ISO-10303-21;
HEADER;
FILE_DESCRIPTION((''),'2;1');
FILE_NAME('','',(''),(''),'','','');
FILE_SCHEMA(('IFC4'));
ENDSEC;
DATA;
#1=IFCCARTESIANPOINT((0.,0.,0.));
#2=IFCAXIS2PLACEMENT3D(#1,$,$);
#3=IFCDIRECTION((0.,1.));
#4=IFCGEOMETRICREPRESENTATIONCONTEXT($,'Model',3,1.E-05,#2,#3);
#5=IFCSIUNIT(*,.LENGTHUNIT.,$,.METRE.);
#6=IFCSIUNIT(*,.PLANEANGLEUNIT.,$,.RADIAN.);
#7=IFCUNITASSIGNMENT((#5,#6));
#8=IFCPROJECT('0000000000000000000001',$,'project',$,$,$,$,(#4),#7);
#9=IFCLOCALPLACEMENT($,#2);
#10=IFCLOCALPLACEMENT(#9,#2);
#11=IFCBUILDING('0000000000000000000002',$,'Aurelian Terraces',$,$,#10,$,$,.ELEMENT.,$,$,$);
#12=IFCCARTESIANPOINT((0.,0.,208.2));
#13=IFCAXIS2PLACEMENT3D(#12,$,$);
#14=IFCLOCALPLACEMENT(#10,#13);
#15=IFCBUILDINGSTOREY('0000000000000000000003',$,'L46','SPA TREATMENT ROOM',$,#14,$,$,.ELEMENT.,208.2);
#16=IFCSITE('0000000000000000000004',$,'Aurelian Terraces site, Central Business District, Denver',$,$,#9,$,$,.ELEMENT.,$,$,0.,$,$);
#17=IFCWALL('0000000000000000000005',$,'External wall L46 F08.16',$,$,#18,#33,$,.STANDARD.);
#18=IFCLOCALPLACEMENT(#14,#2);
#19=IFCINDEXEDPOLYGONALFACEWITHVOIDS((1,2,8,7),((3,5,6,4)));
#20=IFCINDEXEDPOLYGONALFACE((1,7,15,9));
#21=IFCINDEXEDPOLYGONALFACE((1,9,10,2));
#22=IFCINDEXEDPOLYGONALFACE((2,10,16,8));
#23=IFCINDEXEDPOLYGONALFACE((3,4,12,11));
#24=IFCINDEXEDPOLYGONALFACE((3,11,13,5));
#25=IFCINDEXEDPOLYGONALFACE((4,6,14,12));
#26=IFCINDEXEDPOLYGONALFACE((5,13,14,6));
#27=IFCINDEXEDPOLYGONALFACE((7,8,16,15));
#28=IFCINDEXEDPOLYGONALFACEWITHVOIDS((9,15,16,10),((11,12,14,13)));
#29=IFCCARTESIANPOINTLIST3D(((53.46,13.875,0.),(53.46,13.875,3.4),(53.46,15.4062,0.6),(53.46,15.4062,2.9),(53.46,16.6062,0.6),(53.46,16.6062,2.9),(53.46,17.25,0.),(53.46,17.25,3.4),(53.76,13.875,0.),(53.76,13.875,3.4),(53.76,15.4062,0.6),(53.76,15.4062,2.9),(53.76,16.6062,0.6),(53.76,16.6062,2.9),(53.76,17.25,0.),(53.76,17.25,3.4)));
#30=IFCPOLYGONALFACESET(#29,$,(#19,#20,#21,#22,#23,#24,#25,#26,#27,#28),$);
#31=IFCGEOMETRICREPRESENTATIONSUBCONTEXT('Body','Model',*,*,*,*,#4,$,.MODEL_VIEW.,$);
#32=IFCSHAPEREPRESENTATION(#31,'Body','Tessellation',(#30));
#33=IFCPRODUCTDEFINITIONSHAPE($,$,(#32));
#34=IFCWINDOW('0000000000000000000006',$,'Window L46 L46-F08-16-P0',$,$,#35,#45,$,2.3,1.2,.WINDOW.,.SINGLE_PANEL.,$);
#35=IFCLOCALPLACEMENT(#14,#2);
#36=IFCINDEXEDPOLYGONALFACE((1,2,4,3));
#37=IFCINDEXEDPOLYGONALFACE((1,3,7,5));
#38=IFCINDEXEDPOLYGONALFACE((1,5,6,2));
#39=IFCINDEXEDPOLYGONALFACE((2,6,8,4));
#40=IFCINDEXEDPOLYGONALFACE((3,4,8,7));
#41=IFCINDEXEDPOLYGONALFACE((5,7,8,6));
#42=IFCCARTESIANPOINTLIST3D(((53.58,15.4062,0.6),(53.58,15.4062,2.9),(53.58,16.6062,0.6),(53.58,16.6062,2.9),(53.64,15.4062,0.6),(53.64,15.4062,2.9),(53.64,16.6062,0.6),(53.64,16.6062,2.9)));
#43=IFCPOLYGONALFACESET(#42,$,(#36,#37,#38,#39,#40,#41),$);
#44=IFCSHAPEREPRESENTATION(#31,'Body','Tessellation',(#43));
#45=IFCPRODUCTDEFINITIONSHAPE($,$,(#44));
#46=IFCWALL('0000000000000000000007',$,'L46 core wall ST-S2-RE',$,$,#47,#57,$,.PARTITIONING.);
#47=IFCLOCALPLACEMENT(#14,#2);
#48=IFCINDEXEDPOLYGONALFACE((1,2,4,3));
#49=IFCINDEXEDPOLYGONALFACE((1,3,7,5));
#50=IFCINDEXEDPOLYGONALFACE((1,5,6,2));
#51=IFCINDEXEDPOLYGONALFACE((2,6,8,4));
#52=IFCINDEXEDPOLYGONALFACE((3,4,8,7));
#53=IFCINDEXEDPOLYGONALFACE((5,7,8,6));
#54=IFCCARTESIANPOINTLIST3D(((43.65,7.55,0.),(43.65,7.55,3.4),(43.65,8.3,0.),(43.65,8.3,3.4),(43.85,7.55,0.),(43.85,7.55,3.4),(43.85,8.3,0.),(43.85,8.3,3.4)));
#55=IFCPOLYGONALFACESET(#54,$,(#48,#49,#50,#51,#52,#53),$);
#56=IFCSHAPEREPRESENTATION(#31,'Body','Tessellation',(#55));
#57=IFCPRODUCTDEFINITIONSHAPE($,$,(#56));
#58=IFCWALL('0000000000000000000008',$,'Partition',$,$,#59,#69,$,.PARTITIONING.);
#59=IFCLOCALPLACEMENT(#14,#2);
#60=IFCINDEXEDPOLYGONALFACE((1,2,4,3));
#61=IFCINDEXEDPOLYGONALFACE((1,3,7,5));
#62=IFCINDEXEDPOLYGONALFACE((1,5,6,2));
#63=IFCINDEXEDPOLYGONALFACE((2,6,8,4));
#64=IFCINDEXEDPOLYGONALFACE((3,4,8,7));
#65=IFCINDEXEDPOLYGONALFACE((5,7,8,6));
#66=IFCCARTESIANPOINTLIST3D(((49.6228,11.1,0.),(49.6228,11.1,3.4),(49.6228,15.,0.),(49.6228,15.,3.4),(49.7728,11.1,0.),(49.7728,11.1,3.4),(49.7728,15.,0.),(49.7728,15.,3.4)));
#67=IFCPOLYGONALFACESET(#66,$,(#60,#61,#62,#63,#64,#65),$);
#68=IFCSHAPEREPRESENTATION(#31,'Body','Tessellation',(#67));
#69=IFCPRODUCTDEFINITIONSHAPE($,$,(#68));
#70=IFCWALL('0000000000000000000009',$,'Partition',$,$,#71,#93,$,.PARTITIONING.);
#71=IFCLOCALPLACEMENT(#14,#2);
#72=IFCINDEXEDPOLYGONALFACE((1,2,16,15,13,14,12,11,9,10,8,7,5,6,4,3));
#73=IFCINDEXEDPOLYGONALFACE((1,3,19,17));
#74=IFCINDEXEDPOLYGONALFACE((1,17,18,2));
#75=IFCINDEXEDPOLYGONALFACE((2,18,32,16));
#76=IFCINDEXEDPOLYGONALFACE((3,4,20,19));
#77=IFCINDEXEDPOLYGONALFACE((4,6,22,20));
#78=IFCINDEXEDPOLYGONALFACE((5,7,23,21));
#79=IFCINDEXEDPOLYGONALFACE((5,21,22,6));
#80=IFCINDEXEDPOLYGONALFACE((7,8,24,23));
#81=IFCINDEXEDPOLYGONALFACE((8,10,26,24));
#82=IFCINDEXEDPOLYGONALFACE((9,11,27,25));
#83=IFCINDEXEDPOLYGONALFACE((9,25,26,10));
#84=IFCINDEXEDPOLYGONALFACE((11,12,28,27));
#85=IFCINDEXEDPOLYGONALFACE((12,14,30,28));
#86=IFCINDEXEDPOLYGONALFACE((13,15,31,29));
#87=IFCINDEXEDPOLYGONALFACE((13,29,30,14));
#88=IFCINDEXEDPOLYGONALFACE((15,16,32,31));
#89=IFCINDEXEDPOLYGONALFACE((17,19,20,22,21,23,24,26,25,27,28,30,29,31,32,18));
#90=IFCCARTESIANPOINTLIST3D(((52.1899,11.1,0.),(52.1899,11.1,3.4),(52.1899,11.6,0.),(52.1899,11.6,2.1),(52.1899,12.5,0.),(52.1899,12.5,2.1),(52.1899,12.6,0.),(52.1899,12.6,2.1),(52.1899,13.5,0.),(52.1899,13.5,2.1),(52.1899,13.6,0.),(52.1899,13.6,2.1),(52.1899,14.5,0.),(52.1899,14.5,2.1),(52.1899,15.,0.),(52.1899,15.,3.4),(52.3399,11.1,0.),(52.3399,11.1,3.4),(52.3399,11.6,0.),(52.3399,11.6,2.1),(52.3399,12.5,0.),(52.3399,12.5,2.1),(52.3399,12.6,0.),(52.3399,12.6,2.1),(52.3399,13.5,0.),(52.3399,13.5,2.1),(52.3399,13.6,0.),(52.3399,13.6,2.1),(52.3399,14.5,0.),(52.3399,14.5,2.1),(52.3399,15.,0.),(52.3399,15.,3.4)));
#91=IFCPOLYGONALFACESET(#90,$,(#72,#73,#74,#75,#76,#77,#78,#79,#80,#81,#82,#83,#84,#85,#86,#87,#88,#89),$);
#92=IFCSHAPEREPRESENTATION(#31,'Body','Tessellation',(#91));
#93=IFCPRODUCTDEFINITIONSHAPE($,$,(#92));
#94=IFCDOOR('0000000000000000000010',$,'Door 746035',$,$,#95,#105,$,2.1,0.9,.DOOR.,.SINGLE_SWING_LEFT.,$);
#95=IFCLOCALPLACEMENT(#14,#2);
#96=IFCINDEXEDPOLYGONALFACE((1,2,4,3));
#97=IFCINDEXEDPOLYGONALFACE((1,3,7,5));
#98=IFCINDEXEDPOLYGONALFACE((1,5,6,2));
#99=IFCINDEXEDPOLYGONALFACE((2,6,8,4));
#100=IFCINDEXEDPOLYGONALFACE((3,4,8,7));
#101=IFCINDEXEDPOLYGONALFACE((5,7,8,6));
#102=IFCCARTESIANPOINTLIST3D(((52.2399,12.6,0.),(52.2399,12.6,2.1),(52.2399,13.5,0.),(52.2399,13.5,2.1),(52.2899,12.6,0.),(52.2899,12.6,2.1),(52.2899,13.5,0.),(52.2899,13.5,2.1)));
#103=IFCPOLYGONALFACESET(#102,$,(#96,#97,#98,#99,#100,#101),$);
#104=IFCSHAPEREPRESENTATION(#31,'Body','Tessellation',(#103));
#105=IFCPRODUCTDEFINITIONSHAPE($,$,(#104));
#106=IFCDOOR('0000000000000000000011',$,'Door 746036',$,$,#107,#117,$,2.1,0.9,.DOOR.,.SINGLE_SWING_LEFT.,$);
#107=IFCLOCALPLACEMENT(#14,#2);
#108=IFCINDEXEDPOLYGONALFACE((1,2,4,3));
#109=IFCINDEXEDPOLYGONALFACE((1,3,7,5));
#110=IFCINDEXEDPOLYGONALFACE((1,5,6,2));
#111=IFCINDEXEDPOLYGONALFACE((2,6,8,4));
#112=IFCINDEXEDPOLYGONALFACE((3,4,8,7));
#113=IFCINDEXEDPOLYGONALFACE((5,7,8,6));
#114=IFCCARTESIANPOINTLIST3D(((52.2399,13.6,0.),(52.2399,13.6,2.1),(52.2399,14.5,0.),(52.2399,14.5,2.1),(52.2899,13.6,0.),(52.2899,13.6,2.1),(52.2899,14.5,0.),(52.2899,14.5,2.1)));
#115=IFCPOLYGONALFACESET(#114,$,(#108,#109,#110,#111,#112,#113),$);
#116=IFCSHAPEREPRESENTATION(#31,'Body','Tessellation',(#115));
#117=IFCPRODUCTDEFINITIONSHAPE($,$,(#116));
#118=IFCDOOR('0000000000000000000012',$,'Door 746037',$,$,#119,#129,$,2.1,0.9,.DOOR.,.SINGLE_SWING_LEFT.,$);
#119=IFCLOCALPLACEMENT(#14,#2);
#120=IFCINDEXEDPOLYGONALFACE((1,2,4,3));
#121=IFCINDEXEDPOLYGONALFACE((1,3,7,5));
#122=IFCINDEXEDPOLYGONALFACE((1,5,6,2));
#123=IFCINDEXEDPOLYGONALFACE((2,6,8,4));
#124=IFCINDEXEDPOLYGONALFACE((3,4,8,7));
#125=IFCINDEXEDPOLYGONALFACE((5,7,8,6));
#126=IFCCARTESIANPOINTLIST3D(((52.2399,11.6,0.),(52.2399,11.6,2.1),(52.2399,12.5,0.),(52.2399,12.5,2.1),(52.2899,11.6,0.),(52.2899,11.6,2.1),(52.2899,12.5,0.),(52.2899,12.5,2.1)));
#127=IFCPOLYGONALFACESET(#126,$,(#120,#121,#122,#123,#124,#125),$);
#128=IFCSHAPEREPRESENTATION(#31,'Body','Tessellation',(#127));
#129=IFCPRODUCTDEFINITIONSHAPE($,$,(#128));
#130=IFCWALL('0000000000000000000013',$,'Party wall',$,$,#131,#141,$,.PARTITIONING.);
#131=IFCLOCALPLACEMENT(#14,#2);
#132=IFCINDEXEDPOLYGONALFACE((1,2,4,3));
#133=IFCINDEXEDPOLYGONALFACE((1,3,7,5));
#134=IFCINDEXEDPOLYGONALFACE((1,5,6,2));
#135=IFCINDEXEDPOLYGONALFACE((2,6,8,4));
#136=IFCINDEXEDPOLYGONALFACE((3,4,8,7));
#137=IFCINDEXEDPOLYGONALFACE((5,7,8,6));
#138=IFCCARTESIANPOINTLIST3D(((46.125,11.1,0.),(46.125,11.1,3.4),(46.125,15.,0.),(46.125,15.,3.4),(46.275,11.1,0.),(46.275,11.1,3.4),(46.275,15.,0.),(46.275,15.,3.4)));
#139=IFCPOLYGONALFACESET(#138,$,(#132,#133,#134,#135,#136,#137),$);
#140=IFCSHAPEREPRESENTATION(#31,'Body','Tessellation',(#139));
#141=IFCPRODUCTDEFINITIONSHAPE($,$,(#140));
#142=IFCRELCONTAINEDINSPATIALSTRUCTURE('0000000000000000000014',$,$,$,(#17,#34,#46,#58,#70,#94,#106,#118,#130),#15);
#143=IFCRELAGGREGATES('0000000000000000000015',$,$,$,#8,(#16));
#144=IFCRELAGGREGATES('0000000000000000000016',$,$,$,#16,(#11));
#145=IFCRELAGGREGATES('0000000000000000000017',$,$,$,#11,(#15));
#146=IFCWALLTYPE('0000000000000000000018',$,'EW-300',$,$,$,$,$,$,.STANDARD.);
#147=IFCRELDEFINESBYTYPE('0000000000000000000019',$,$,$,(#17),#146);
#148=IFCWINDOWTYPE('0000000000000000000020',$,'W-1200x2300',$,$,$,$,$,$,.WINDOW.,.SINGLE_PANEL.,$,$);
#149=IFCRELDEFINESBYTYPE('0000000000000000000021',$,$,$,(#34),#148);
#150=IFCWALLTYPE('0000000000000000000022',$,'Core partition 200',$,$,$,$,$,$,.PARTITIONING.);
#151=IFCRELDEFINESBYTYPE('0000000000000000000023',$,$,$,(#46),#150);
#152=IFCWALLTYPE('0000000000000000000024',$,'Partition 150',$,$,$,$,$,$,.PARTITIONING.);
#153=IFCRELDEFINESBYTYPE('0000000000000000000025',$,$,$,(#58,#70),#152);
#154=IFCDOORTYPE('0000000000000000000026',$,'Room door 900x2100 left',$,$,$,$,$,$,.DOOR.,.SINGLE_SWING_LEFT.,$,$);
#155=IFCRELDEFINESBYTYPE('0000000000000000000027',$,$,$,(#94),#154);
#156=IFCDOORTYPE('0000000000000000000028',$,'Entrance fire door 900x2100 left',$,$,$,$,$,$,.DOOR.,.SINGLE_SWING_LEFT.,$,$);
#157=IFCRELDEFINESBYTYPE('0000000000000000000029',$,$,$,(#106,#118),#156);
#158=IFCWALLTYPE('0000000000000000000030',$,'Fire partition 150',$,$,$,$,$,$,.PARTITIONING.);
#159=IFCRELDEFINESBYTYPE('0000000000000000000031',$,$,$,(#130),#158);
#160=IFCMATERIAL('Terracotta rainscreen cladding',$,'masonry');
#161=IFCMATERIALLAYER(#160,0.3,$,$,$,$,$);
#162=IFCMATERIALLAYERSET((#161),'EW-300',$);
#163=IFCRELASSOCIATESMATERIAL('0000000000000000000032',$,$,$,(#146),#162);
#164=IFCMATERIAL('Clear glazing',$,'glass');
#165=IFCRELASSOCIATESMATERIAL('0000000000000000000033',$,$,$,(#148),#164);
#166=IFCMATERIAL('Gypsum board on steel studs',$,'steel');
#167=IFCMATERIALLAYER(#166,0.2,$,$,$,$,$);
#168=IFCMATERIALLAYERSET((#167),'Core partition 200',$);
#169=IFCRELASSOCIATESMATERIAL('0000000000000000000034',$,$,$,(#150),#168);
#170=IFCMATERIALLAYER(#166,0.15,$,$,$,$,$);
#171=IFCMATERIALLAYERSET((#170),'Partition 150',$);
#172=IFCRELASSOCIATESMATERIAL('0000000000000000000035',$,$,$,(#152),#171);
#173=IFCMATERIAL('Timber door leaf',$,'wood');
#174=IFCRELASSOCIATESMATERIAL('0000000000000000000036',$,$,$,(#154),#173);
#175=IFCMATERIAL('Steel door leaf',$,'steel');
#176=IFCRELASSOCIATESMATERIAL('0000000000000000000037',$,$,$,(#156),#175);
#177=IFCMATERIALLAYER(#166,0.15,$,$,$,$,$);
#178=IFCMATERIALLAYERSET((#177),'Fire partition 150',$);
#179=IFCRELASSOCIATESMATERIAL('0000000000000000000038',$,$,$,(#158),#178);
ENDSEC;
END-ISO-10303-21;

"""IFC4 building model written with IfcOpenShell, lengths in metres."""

from ifc_helpers import new_model, si_unit, direction, frame, frame_2d, origin, place, context, subcontext, project, spatial, rectangle, extrude, source, transform, mapped, material, layer, layer_set, type_object, element, fill, save


model = new_model("IFC4")

# Units and contexts
model_context = context("Model", 3, precision=1e-05, world=origin(), true_north=direction((0.0, 1.0)))
body_context = subcontext(model_context, "Body", "Model", "MODEL_VIEW")
ifc_project = project(units=[si_unit("LENGTHUNIT", "METRE"), si_unit("PLANEANGLEUNIT", "RADIAN")], contexts=[model_context])

# Site, building, storey
site_placement = place(None, origin())
site = spatial("IfcSite", under=ifc_project, at=site_placement, Name="Aurelian Terraces site, Central Business District, Denver", CompositionType="ELEMENT", RefElevation=0.0)
building_placement = place(site_placement, origin())
building = spatial("IfcBuilding", under=site, at=building_placement, Name="Aurelian Terraces", CompositionType="ELEMENT")
storey_placement = place(building_placement, frame((0.0, 0.0, 208.2)))
storey = spatial("IfcBuildingStorey", under=building, at=storey_placement, Name="L46", Description="SPA TREATMENT ROOM", CompositionType="ELEMENT", Elevation=208.2)

# Shared definitions
ifc_material_1 = material(Name="Terracotta rainscreen cladding", Category="masonry")
ifc_layer_1 = layer(ifc_material_1, 0.3)
ifc_layer_set_1 = layer_set([ifc_layer_1], Name="EW-300")
wall_type_1 = type_object("IfcWallType", Name="EW-300", PredefinedType="STANDARD", material=ifc_layer_set_1)
ifc_material_2 = material(Name="Clear glazing", Category="glass")

# Wall, opening, window
shared_shape_1 = source(origin(), body_context, "Body", "SweptSolid", [
    extrude(rectangle(XDim=3.375, YDim=0.3, at=frame_2d((1.6875, 0.0))), origin(), (0.0, 0.0, 1.0), 3.4),
])
shared_shape_2 = source(origin(), body_context, "Body", "SweptSolid", [
    extrude(rectangle(XDim=1.2, YDim=2.3, at=frame_2d((0.6, 1.15))), frame((0.0, 0.16, 0.0), z_axis=(0.0, -1.0, 0.0), x_axis=(1.0, 0.0, 0.0)), (0.0, 0.0, 1.0), 0.32),
])
window_type_1 = type_object("IfcWindowType", Name="W-1200x2300", PartitioningType="SINGLE_PANEL", PredefinedType="WINDOW", material=ifc_material_2)
shared_shape_3 = source(origin(), body_context, "Body", "SweptSolid", [
    extrude(rectangle(XDim=1.2, YDim=2.3, at=frame_2d((0.6, 1.15))), frame((0.0, 0.03, 0.0), z_axis=(0.0, -1.0, 0.0), x_axis=(1.0, 0.0, 0.0)), (0.0, 0.0, 1.0), 0.06),
])
wall_1_placement = place(storey_placement, frame((53.61, 13.875, 0.0), z_axis=(0.0, 0.0, 1.0), x_axis=(0.0, 1.0, 0.0)))
wall_1 = element("IfcWall", 1, at=wall_1_placement, inside=storey, type_object=wall_type_1, Name="External wall L46 F08.16", PredefinedType="STANDARD", context=body_context, shape_type="MappedRepresentation", body=[
    mapped(shared_shape_1, transform((0.0, 0.0, 0.0), scale=1.0)),
])
opening_1_placement = place(wall_1_placement, frame((1.5312, 0.0, 0.6)))
opening_1 = element("IfcOpeningElement", 2, at=opening_1_placement, cuts=wall_1, PredefinedType="OPENING", context=body_context, shape_type="MappedRepresentation", body=[
    mapped(shared_shape_2, transform((0.0, 0.0, 0.0), scale=1.0)),
])
window_1_placement = place(opening_1_placement, origin())
window_1 = element("IfcWindow", 3, at=window_1_placement, inside=storey, type_object=window_type_1, Name="Window L46 L46-F08-16-P0", OverallHeight=2.3, OverallWidth=1.2, PartitioningType="SINGLE_PANEL", PredefinedType="WINDOW", context=body_context, shape_type="MappedRepresentation", body=[
    mapped(shared_shape_3, transform((0.0, 0.0, 0.0), scale=1.0)),
])
fill(opening_1, window_1)

# Walls
ifc_material_3 = material(Name="Gypsum board on steel studs", Category="steel")
ifc_layer_2 = layer(ifc_material_3, 0.2)
ifc_layer_set_2 = layer_set([ifc_layer_2], Name="Core partition 200")
wall_type_2 = type_object("IfcWallType", Name="Core partition 200", PredefinedType="PARTITIONING", material=ifc_layer_set_2)
shared_shape_4 = source(origin(), body_context, "Body", "SweptSolid", [
    extrude(rectangle(XDim=0.75, YDim=0.2, at=frame_2d((0.375, 0.0))), origin(), (0.0, 0.0, 1.0), 3.4),
])
wall_2_placement = place(storey_placement, frame((43.75, 7.55, 0.0), z_axis=(0.0, 0.0, 1.0), x_axis=(0.0, 1.0, 0.0)))
element("IfcWall", 4, at=wall_2_placement, inside=storey, type_object=wall_type_2, Name="L46 core wall ST-S2-RE", PredefinedType="PARTITIONING", context=body_context, shape_type="MappedRepresentation", body=[
    mapped(shared_shape_4, transform((0.0, 0.0, 0.0), scale=1.0)),
])
ifc_layer_3 = layer(ifc_material_3, 0.15)
ifc_layer_set_3 = layer_set([ifc_layer_3], Name="Partition 150")
wall_type_3 = type_object("IfcWallType", Name="Partition 150", PredefinedType="PARTITIONING", material=ifc_layer_set_3)
shared_shape_5 = source(origin(), body_context, "Body", "SweptSolid", [
    extrude(rectangle(XDim=3.9, YDim=0.15, at=frame_2d((1.95, 0.0))), origin(), (0.0, 0.0, 1.0), 3.4),
])
wall_3_placement = place(storey_placement, frame((49.6978, 11.1, 0.0), z_axis=(0.0, 0.0, 1.0), x_axis=(0.0, 1.0, 0.0)))
element("IfcWall", 5, at=wall_3_placement, inside=storey, type_object=wall_type_3, Name="Partition", PredefinedType="PARTITIONING", context=body_context, shape_type="MappedRepresentation", body=[
    mapped(shared_shape_5, transform((0.0, 0.0, 0.0), scale=1.0)),
])

# Wall, openings, doors
wall_4_placement = place(storey_placement, frame((52.2649, 11.1, 0.0), z_axis=(0.0, 0.0, 1.0), x_axis=(0.0, 1.0, 0.0)))
wall_4 = element("IfcWall", 6, at=wall_4_placement, inside=storey, type_object=wall_type_3, Name="Partition", PredefinedType="PARTITIONING", context=body_context, shape_type="MappedRepresentation", body=[
    mapped(shared_shape_5, transform((0.0, 0.0, 0.0), scale=1.0)),
])
shared_shape_6 = source(origin(), body_context, "Body", "SweptSolid", [
    extrude(rectangle(XDim=0.9, YDim=2.1, at=frame_2d((0.45, 1.05))), frame((0.0, 0.085, 0.0), z_axis=(0.0, -1.0, 0.0), x_axis=(1.0, 0.0, 0.0)), (0.0, 0.0, 1.0), 0.17),
])
opening_2_placement = place(wall_4_placement, frame((1.5, 0.0, 0.0)))
opening_2 = element("IfcOpeningElement", 7, at=opening_2_placement, cuts=wall_4, PredefinedType="OPENING", context=body_context, shape_type="MappedRepresentation", body=[
    mapped(shared_shape_6, transform((0.0, 0.0, 0.0), scale=1.0)),
])
opening_3_placement = place(wall_4_placement, frame((2.5, 0.0, 0.0)))
opening_3 = element("IfcOpeningElement", 8, at=opening_3_placement, cuts=wall_4, PredefinedType="OPENING", context=body_context, shape_type="MappedRepresentation", body=[
    mapped(shared_shape_6, transform((0.0, 0.0, 0.0), scale=1.0)),
])
opening_4_placement = place(wall_4_placement, frame((0.5, 0.0, 0.0)))
opening_4 = element("IfcOpeningElement", 9, at=opening_4_placement, cuts=wall_4, PredefinedType="OPENING", context=body_context, shape_type="MappedRepresentation", body=[
    mapped(shared_shape_6, transform((0.0, 0.0, 0.0), scale=1.0)),
])
ifc_material_4 = material(Name="Timber door leaf", Category="wood")
door_type_1 = type_object("IfcDoorType", Name="Room door 900x2100 left", OperationType="SINGLE_SWING_LEFT", PredefinedType="DOOR", material=ifc_material_4)
shared_shape_7 = source(origin(), body_context, "Body", "SweptSolid", [
    extrude(rectangle(XDim=0.9, YDim=2.1, at=frame_2d((0.45, 1.05))), frame((0.0, 0.025, 0.0), z_axis=(0.0, -1.0, 0.0), x_axis=(1.0, 0.0, 0.0)), (0.0, 0.0, 1.0), 0.05),
])
door_1_placement = place(opening_2_placement, origin())
door_1 = element("IfcDoor", 10, at=door_1_placement, inside=storey, type_object=door_type_1, Name="Door 746035", OperationType="SINGLE_SWING_LEFT", OverallHeight=2.1, OverallWidth=0.9, PredefinedType="DOOR", context=body_context, shape_type="MappedRepresentation", body=[
    mapped(shared_shape_7, transform((0.0, 0.0, 0.0), scale=1.0)),
])
fill(opening_2, door_1)
ifc_material_5 = material(Name="Steel door leaf", Category="steel")
door_type_2 = type_object("IfcDoorType", Name="Entrance fire door 900x2100 left", OperationType="SINGLE_SWING_LEFT", PredefinedType="DOOR", material=ifc_material_5)
door_2_placement = place(opening_3_placement, origin())
door_2 = element("IfcDoor", 11, at=door_2_placement, inside=storey, type_object=door_type_2, Name="Door 746036", OperationType="SINGLE_SWING_LEFT", OverallHeight=2.1, OverallWidth=0.9, PredefinedType="DOOR", context=body_context, shape_type="MappedRepresentation", body=[
    mapped(shared_shape_7, transform((0.0, 0.0, 0.0), scale=1.0)),
])
fill(opening_3, door_2)
door_3_placement = place(opening_4_placement, origin())
door_3 = element("IfcDoor", 12, at=door_3_placement, inside=storey, type_object=door_type_2, Name="Door 746037", OperationType="SINGLE_SWING_LEFT", OverallHeight=2.1, OverallWidth=0.9, PredefinedType="DOOR", context=body_context, shape_type="MappedRepresentation", body=[
    mapped(shared_shape_7, transform((0.0, 0.0, 0.0), scale=1.0)),
])
fill(opening_4, door_3)

# Wall
ifc_layer_4 = layer(ifc_material_3, 0.15)
ifc_layer_set_4 = layer_set([ifc_layer_4], Name="Fire partition 150")
wall_type_4 = type_object("IfcWallType", Name="Fire partition 150", PredefinedType="PARTITIONING", material=ifc_layer_set_4)
wall_5_placement = place(storey_placement, frame((46.2, 11.1, 0.0), z_axis=(0.0, 0.0, 1.0), x_axis=(0.0, 1.0, 0.0)))
element("IfcWall", 13, at=wall_5_placement, inside=storey, type_object=wall_type_4, Name="Party wall", PredefinedType="PARTITIONING", context=body_context, shape_type="MappedRepresentation", body=[
    mapped(shared_shape_5, transform((0.0, 0.0, 0.0), scale=1.0)),
])

save(model, "model.ifc")
